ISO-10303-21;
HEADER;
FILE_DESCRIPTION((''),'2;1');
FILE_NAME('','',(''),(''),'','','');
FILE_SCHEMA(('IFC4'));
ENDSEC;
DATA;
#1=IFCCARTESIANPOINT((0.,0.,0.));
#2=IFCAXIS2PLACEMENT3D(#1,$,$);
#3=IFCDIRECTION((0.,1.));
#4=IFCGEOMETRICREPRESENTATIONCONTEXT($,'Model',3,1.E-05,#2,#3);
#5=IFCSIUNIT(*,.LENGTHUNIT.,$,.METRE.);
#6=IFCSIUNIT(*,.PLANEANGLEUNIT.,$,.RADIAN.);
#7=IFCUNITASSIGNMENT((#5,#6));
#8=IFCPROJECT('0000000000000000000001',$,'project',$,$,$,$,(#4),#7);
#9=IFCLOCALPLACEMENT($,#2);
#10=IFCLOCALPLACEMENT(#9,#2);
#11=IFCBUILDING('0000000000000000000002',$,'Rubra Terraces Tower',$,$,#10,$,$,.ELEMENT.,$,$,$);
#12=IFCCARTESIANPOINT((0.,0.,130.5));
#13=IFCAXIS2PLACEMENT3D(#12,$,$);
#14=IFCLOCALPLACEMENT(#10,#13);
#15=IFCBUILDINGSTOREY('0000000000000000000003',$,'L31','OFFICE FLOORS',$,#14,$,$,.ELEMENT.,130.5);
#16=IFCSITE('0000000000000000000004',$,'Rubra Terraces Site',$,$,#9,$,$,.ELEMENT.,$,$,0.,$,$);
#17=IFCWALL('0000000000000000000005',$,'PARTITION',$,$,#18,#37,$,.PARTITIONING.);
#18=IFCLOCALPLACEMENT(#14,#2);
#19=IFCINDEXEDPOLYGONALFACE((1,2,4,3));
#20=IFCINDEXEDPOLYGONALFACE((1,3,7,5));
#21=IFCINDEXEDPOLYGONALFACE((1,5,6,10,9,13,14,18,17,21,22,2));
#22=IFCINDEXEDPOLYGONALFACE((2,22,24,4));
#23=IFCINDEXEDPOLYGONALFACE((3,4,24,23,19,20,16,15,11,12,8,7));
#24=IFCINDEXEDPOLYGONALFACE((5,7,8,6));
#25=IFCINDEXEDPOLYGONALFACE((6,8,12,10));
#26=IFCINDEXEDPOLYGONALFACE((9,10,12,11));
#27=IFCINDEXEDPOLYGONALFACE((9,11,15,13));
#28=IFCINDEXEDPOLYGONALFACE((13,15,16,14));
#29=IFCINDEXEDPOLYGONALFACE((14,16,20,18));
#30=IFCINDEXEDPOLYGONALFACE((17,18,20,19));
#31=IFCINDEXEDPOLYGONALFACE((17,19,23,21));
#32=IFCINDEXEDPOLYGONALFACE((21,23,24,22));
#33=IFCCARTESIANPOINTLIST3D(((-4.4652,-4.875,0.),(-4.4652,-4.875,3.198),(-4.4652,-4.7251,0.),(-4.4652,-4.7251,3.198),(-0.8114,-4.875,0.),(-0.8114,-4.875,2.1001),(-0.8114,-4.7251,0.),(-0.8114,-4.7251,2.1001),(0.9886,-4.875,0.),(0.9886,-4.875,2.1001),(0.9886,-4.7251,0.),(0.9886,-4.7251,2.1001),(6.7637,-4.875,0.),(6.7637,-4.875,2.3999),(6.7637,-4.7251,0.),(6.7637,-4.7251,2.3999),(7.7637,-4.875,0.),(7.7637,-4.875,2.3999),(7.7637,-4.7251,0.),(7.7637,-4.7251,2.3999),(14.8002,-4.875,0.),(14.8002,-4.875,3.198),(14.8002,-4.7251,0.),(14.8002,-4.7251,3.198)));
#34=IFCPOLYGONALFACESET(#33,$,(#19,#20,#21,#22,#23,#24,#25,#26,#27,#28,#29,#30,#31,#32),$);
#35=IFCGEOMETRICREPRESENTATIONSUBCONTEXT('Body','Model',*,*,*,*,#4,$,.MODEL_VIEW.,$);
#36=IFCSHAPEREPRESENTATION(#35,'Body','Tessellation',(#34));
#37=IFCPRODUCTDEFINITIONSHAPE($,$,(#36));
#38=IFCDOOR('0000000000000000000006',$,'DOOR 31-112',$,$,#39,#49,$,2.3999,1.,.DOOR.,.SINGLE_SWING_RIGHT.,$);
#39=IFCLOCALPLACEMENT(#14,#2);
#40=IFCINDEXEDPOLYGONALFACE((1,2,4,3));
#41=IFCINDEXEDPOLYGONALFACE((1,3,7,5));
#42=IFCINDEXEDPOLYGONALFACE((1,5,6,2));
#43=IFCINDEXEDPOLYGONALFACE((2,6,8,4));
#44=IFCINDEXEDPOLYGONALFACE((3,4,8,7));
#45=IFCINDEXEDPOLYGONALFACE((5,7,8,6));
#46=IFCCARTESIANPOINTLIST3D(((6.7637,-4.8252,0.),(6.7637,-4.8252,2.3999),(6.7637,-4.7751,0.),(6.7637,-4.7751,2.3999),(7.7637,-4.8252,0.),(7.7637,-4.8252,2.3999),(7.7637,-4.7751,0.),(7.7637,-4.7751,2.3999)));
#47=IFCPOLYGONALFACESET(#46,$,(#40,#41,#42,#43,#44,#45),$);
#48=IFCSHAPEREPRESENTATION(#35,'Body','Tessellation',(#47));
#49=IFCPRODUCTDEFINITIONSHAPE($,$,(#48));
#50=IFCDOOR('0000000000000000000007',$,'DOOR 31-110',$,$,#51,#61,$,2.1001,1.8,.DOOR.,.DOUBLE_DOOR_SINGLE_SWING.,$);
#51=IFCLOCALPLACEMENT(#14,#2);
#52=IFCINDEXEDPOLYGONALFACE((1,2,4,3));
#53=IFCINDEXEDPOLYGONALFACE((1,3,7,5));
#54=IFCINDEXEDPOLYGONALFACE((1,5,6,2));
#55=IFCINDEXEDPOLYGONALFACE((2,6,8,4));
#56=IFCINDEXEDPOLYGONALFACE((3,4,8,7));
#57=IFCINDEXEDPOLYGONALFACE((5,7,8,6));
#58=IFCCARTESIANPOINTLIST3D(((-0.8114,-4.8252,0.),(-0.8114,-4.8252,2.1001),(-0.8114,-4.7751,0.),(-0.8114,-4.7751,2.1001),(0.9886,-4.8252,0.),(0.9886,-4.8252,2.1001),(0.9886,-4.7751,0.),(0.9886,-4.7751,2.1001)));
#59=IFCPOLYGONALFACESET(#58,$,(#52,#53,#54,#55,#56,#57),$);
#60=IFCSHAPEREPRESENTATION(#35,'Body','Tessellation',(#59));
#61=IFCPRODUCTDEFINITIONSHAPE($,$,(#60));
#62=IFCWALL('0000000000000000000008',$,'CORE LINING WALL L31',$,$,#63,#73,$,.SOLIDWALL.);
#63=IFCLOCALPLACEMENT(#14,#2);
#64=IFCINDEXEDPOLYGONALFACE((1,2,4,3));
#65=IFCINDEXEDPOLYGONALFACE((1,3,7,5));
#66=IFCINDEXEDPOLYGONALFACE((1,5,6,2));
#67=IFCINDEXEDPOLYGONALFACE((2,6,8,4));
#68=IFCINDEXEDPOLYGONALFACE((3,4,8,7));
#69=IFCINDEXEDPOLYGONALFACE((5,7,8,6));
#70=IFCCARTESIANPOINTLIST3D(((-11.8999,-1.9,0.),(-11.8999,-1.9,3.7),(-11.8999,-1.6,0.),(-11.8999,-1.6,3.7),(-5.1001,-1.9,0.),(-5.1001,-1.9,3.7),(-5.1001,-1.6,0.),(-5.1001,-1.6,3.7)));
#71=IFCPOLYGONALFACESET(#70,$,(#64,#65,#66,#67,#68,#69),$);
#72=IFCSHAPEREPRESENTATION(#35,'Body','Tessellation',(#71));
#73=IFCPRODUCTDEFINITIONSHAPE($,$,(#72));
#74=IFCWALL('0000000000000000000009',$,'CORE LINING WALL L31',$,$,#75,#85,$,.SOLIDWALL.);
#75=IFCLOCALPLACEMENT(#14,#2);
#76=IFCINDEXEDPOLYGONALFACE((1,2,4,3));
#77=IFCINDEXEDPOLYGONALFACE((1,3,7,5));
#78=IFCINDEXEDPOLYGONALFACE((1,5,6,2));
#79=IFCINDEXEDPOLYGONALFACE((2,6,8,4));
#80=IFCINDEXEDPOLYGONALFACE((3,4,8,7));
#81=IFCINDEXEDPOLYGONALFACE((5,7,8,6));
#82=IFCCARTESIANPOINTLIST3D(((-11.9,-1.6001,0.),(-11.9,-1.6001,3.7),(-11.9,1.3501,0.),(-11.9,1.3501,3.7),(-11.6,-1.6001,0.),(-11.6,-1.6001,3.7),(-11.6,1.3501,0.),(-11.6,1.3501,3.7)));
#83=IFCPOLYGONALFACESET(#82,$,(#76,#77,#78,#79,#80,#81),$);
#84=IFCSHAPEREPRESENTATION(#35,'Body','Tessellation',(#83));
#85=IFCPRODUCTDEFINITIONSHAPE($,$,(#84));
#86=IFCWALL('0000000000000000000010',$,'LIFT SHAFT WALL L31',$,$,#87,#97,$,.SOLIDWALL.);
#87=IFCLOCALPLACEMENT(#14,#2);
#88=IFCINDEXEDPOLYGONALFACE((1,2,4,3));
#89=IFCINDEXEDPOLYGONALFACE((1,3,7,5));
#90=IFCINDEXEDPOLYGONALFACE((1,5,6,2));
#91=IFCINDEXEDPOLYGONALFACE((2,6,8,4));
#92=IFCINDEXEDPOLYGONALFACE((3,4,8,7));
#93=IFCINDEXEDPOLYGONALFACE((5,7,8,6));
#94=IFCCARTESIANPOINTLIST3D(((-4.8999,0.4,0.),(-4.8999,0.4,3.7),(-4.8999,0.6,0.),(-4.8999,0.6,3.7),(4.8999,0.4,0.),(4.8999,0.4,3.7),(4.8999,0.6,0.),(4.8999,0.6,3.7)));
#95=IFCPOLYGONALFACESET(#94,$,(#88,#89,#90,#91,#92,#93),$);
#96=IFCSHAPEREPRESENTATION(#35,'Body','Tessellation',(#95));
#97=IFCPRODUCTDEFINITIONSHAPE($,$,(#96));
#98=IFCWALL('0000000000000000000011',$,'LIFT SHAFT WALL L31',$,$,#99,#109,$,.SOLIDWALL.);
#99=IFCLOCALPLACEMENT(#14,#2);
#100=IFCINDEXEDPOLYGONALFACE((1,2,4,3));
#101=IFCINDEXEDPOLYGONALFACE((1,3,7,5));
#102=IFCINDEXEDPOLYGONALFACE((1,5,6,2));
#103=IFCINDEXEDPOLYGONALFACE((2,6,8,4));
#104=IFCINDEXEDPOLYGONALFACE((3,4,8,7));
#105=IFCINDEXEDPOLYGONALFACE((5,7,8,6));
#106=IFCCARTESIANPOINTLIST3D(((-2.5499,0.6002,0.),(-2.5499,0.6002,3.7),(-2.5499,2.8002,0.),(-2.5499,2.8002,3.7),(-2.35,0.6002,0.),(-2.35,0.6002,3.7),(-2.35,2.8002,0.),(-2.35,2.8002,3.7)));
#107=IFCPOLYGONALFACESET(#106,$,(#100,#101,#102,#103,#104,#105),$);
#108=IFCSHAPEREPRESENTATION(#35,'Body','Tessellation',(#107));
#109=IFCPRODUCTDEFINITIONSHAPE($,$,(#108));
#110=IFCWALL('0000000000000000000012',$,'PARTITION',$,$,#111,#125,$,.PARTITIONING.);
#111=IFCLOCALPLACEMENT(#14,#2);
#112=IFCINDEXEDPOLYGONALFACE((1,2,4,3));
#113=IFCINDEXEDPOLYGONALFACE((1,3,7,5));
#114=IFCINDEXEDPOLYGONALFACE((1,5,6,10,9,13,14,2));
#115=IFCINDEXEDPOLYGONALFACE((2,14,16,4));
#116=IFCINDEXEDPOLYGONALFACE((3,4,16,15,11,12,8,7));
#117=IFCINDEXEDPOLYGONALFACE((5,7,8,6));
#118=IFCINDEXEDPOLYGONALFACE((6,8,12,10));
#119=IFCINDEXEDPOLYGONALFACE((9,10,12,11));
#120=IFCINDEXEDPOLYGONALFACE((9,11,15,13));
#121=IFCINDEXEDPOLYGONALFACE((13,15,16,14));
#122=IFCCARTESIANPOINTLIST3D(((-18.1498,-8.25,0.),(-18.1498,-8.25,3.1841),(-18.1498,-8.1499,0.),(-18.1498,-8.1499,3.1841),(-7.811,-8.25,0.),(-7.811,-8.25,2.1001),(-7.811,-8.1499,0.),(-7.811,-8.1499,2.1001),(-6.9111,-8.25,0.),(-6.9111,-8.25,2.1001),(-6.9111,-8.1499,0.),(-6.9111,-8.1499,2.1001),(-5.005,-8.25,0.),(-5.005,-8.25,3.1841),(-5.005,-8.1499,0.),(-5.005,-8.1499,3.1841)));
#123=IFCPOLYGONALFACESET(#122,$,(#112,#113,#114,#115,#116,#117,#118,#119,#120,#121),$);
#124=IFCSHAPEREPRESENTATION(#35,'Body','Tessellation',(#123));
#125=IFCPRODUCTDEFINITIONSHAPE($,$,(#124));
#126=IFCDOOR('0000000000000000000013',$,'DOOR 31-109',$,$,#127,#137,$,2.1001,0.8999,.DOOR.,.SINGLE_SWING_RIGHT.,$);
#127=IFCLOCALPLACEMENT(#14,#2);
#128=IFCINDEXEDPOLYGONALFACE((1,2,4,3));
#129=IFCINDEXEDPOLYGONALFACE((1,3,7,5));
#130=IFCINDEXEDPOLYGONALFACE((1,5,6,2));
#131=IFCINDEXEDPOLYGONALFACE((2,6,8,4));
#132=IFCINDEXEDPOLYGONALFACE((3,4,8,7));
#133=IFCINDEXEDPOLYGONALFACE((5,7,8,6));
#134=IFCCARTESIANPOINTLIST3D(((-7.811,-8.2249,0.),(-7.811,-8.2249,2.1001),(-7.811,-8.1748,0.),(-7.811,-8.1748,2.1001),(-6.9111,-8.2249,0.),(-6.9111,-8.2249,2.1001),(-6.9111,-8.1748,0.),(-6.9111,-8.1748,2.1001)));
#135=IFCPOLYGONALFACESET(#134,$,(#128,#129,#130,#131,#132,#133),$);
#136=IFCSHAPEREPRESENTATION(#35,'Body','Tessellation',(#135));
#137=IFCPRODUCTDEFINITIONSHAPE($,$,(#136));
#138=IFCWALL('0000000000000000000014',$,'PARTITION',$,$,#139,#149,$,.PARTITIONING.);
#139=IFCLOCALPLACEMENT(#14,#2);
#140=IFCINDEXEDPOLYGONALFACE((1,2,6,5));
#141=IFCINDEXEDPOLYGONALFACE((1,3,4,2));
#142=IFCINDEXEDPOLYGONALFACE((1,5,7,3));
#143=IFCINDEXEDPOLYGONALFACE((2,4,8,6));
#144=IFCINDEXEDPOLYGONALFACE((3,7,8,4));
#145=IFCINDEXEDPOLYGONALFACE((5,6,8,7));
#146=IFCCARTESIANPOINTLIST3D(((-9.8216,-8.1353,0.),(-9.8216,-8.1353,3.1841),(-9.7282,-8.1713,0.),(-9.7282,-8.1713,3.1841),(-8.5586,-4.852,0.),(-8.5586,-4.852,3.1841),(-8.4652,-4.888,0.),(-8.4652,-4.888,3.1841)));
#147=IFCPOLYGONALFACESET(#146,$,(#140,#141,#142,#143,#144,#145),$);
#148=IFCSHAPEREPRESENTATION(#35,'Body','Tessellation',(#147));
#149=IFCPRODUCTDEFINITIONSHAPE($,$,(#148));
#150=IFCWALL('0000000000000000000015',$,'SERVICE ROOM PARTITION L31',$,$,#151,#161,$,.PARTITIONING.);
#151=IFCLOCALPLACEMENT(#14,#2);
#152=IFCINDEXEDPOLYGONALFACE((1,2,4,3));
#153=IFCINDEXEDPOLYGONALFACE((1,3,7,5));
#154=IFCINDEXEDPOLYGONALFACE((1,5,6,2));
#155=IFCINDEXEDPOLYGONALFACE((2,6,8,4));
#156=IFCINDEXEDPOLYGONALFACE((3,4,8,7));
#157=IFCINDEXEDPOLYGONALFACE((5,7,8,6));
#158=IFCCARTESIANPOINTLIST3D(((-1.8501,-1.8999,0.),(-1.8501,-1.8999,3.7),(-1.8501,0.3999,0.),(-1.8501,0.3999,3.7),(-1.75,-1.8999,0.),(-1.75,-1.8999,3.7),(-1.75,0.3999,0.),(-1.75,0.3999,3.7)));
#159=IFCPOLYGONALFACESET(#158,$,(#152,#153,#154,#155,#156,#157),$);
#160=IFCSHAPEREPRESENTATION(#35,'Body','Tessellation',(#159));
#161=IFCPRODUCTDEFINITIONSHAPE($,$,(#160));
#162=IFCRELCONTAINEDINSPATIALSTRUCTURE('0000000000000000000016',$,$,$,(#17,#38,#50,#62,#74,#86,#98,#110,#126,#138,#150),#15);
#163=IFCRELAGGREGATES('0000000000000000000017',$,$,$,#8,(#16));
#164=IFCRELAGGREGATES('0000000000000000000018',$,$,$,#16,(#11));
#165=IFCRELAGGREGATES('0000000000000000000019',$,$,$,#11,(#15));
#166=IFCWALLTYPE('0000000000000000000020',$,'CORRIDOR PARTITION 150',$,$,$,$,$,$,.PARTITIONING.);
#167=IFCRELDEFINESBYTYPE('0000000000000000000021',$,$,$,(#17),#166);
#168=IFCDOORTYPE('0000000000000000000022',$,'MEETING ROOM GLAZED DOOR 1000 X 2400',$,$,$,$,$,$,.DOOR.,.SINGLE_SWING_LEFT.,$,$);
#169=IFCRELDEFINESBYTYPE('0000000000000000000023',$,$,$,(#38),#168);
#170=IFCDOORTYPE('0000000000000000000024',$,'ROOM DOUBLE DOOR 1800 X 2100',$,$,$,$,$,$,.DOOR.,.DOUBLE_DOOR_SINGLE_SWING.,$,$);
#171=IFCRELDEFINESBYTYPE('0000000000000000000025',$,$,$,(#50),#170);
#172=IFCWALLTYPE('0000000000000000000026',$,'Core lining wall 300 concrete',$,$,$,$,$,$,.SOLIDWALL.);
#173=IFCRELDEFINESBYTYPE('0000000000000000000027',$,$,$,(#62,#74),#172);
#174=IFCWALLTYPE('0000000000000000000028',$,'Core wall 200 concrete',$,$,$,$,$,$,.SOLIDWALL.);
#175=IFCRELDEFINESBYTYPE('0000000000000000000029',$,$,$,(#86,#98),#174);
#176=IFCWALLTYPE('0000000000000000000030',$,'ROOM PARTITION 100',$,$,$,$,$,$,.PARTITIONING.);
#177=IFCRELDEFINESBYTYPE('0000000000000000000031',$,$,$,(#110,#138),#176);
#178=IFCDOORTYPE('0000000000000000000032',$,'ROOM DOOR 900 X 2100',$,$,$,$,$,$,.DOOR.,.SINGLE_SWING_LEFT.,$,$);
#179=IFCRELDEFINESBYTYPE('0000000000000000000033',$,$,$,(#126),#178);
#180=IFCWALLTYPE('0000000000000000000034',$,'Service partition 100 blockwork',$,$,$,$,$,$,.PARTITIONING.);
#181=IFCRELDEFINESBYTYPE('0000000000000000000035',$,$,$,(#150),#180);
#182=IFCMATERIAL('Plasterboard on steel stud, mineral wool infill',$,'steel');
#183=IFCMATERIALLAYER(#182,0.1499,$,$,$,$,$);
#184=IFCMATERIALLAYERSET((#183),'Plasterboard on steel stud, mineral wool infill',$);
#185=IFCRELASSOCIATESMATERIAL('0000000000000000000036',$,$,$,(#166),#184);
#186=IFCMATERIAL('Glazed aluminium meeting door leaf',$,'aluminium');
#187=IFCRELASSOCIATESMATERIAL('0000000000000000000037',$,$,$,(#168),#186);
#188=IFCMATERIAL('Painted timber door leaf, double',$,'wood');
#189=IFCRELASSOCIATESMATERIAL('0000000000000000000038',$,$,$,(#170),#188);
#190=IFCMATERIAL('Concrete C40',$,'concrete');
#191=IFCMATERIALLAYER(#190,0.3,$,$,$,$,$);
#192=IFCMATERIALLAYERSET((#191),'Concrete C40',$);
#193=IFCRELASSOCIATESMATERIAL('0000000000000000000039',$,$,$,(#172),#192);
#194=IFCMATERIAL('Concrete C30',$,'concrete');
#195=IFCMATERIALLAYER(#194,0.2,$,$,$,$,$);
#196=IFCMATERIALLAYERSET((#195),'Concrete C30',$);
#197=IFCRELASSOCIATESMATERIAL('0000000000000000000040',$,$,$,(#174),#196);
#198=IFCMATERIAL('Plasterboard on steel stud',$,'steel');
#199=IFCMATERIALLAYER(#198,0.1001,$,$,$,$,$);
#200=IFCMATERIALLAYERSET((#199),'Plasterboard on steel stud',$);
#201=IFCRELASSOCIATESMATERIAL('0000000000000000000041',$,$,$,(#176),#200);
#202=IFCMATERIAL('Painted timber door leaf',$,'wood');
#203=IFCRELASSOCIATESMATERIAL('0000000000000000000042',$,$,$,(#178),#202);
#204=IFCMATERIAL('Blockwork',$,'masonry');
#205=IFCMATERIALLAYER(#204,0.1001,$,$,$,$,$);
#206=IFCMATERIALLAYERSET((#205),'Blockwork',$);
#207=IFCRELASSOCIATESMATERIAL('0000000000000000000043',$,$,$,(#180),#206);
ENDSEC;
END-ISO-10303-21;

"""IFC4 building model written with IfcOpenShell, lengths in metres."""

from ifc_helpers import new_model, si_unit, direction, frame, frame_2d, origin, place, context, subcontext, project, spatial, rectangle, extrude, material, layer, layer_set, type_object, element, fill, save


model = new_model("IFC4")

# Units and contexts
model_context = context("Model", 3, precision=1e-05, world=origin(), true_north=direction((0.0, 1.0)))
body_context = subcontext(model_context, "Body", "Model", "MODEL_VIEW")
ifc_project = project(units=[si_unit("LENGTHUNIT", "METRE"), si_unit("PLANEANGLEUNIT", "RADIAN")], contexts=[model_context])

# Site, building, storey
site_placement = place(None, origin())
site = spatial("IfcSite", under=ifc_project, at=site_placement, Name="Rubra Terraces Site", CompositionType="ELEMENT", RefElevation=0.0)
building_placement = place(site_placement, origin())
building = spatial("IfcBuilding", under=site, at=building_placement, Name="Rubra Terraces Tower", CompositionType="ELEMENT")
storey_placement = place(building_placement, frame((0.0, 0.0, 130.5)))
storey = spatial("IfcBuildingStorey", under=building, at=storey_placement, Name="L31", Description="OFFICE FLOORS", CompositionType="ELEMENT", Elevation=130.5)

# Wall, openings, doors
ifc_material_1 = material(Name="Plasterboard on steel stud, mineral wool infill", Category="steel")
ifc_layer_1 = layer(ifc_material_1, 0.1499)
ifc_layer_set_1 = layer_set([ifc_layer_1], Name="Plasterboard on steel stud, mineral wool infill")
wall_type_1 = type_object("IfcWallType", Name="CORRIDOR PARTITION 150", PredefinedType="PARTITIONING", material=ifc_layer_set_1)
wall_1_placement = place(storey_placement, frame((-4.4653, -4.8, 0.0), z_axis=(0.0, 0.0, 1.0), x_axis=(1.0, 0.0, 0.0)))
wall_1 = element("IfcWall", 1, at=wall_1_placement, inside=storey, type_object=wall_type_1, Name="PARTITION", PredefinedType="PARTITIONING", context=body_context, shape_type="SweptSolid", body=[
    extrude(rectangle(XDim=19.2654, YDim=0.1499, at=frame_2d((9.6328, 0.0))), origin(), (0.0, 0.0, 1.0), 3.198),
])
opening_1_placement = place(wall_1_placement, frame((3.6541, 0.0, 0.0)))
opening_1 = element("IfcOpeningElement", 2, at=opening_1_placement, cuts=wall_1, PredefinedType="OPENING", context=body_context, shape_type="SweptSolid", body=[
    extrude(rectangle(XDim=1.8, YDim=2.1001, at=frame_2d((0.8999, 1.05))), frame((0.0, 0.085, 0.0), z_axis=(0.0, -1.0, 0.0), x_axis=(1.0, 0.0, 0.0)), (0.0, 0.0, 1.0), 0.1699),
])
opening_2_placement = place(wall_1_placement, frame((11.229, 0.0, 0.0)))
opening_2 = element("IfcOpeningElement", 3, at=opening_2_placement, cuts=wall_1, PredefinedType="OPENING", context=body_context, shape_type="SweptSolid", body=[
    extrude(rectangle(XDim=1.0, YDim=2.3999, at=frame_2d((0.5, 1.2))), frame((0.0, 0.085, 0.0), z_axis=(0.0, -1.0, 0.0), x_axis=(1.0, 0.0, 0.0)), (0.0, 0.0, 1.0), 0.1699),
])
ifc_material_2 = material(Name="Glazed aluminium meeting door leaf", Category="aluminium")
door_type_1 = type_object("IfcDoorType", Name="MEETING ROOM GLAZED DOOR 1000 X 2400", OperationType="SINGLE_SWING_LEFT", PredefinedType="DOOR", material=ifc_material_2)
door_1_placement = place(opening_2_placement, origin())
door_1 = element("IfcDoor", 4, at=door_1_placement, inside=storey, type_object=door_type_1, Name="DOOR 31-112", OperationType="SINGLE_SWING_RIGHT", OverallHeight=2.3999, OverallWidth=1.0, PredefinedType="DOOR", context=body_context, shape_type="SweptSolid", body=[
    extrude(rectangle(XDim=1.0, YDim=2.3999, at=frame_2d((0.5, 1.2))), frame((0.0, 0.0249, 0.0), z_axis=(0.0, -1.0, 0.0), x_axis=(1.0, 0.0, 0.0)), (0.0, 0.0, 1.0), 0.05),
])
fill(opening_2, door_1)
ifc_material_3 = material(Name="Painted timber door leaf, double", Category="wood")
door_type_2 = type_object("IfcDoorType", Name="ROOM DOUBLE DOOR 1800 X 2100", OperationType="DOUBLE_DOOR_SINGLE_SWING", PredefinedType="DOOR", material=ifc_material_3)
door_2_placement = place(opening_1_placement, origin())
door_2 = element("IfcDoor", 5, at=door_2_placement, inside=storey, type_object=door_type_2, Name="DOOR 31-110", OperationType="DOUBLE_DOOR_SINGLE_SWING", OverallHeight=2.1001, OverallWidth=1.8, PredefinedType="DOOR", context=body_context, shape_type="SweptSolid", body=[
    extrude(rectangle(XDim=1.8, YDim=2.1001, at=frame_2d((0.8999, 1.05))), frame((0.0, 0.0249, 0.0), z_axis=(0.0, -1.0, 0.0), x_axis=(1.0, 0.0, 0.0)), (0.0, 0.0, 1.0), 0.05),
])
fill(opening_1, door_2)

# Walls
ifc_material_4 = material(Name="Concrete C40", Category="concrete")
ifc_layer_2 = layer(ifc_material_4, 0.3)
ifc_layer_set_2 = layer_set([ifc_layer_2], Name="Concrete C40")
wall_type_2 = type_object("IfcWallType", Name="Core lining wall 300 concrete", PredefinedType="SOLIDWALL", material=ifc_layer_set_2)
wall_2_placement = place(storey_placement, frame((-11.8999, -1.75, 0.0), z_axis=(0.0, 0.0, 1.0), x_axis=(1.0, 0.0, 0.0)))
element("IfcWall", 6, at=wall_2_placement, inside=storey, type_object=wall_type_2, Name="CORE LINING WALL L31", PredefinedType="SOLIDWALL", context=body_context, shape_type="SweptSolid", body=[
    extrude(rectangle(XDim=6.7998, YDim=0.3, at=frame_2d((3.3999, 0.0))), origin(), (0.0, 0.0, 1.0), 3.7),
])
wall_3_placement = place(storey_placement, frame((-11.75, -1.6001, 0.0), z_axis=(0.0, 0.0, 1.0), x_axis=(0.0, 1.0, 0.0)))
element("IfcWall", 7, at=wall_3_placement, inside=storey, type_object=wall_type_2, Name="CORE LINING WALL L31", PredefinedType="SOLIDWALL", context=body_context, shape_type="SweptSolid", body=[
    extrude(rectangle(XDim=2.9502, YDim=0.3, at=frame_2d((1.4751, 0.0))), origin(), (0.0, 0.0, 1.0), 3.7),
])
ifc_material_5 = material(Name="Concrete C30", Category="concrete")
ifc_layer_3 = layer(ifc_material_5, 0.2)
ifc_layer_set_3 = layer_set([ifc_layer_3], Name="Concrete C30")
wall_type_3 = type_object("IfcWallType", Name="Core wall 200 concrete", PredefinedType="SOLIDWALL", material=ifc_layer_set_3)
wall_4_placement = place(storey_placement, frame((-4.8999, 0.5, 0.0), z_axis=(0.0, 0.0, 1.0), x_axis=(1.0, 0.0, 0.0)))
element("IfcWall", 8, at=wall_4_placement, inside=storey, type_object=wall_type_3, Name="LIFT SHAFT WALL L31", PredefinedType="SOLIDWALL", context=body_context, shape_type="SweptSolid", body=[
    extrude(rectangle(XDim=9.7998, YDim=0.2, at=frame_2d((4.8999, 0.0))), origin(), (0.0, 0.0, 1.0), 3.7),
])
wall_5_placement = place(storey_placement, frame((-2.45, 0.6001, 0.0), z_axis=(0.0, 0.0, 1.0), x_axis=(0.0, 1.0, 0.0)))
element("IfcWall", 9, at=wall_5_placement, inside=storey, type_object=wall_type_3, Name="LIFT SHAFT WALL L31", PredefinedType="SOLIDWALL", context=body_context, shape_type="SweptSolid", body=[
    extrude(rectangle(XDim=2.2, YDim=0.2, at=frame_2d((1.1001, 0.0))), origin(), (0.0, 0.0, 1.0), 3.7),
])

# Wall, opening, door
ifc_material_6 = material(Name="Plasterboard on steel stud", Category="steel")
ifc_layer_4 = layer(ifc_material_6, 0.1001)
ifc_layer_set_4 = layer_set([ifc_layer_4], Name="Plasterboard on steel stud")
wall_type_4 = type_object("IfcWallType", Name="ROOM PARTITION 100", PredefinedType="PARTITIONING", material=ifc_layer_set_4)
wall_6_placement = place(storey_placement, frame((-5.0051, -8.2, 0.0), z_axis=(0.0, 0.0, 1.0), x_axis=(-1.0, 0.0, 0.0)))
wall_6 = element("IfcWall", 10, at=wall_6_placement, inside=storey, type_object=wall_type_4, Name="PARTITION", PredefinedType="PARTITIONING", context=body_context, shape_type="SweptSolid", body=[
    extrude(rectangle(XDim=13.1448, YDim=0.1001, at=frame_2d((6.5723, 0.0))), origin(), (0.0, 0.0, 1.0), 3.1841),
])
opening_3_placement = place(wall_6_placement, frame((1.906, 0.0, 0.0)))
opening_3 = element("IfcOpeningElement", 11, at=opening_3_placement, cuts=wall_6, PredefinedType="OPENING", context=body_context, shape_type="SweptSolid", body=[
    extrude(rectangle(XDim=0.8999, YDim=2.1001, at=frame_2d((0.45, 1.05))), frame((0.0, 0.0601, 0.0), z_axis=(0.0, -1.0, 0.0), x_axis=(1.0, 0.0, 0.0)), (0.0, 0.0, 1.0), 0.1201),
])
ifc_material_7 = material(Name="Painted timber door leaf", Category="wood")
door_type_3 = type_object("IfcDoorType", Name="ROOM DOOR 900 X 2100", OperationType="SINGLE_SWING_LEFT", PredefinedType="DOOR", material=ifc_material_7)
door_3_placement = place(opening_3_placement, origin())
door_3 = element("IfcDoor", 12, at=door_3_placement, inside=storey, type_object=door_type_3, Name="DOOR 31-109", OperationType="SINGLE_SWING_RIGHT", OverallHeight=2.1001, OverallWidth=0.8999, PredefinedType="DOOR", context=body_context, shape_type="SweptSolid", body=[
    extrude(rectangle(XDim=0.8999, YDim=2.1001, at=frame_2d((0.45, 1.05))), frame((0.0, 0.0249, 0.0), z_axis=(0.0, -1.0, 0.0), x_axis=(1.0, 0.0, 0.0)), (0.0, 0.0, 1.0), 0.05),
])
fill(opening_3, door_3)

# Walls
wall_7_placement = place(storey_placement, frame((-8.512, -4.8701, 0.0), z_axis=(0.0, 0.0, 1.0), x_axis=(-0.359021, -0.93333, 0.0)))
element("IfcWall", 13, at=wall_7_placement, inside=storey, type_object=wall_type_4, Name="PARTITION", PredefinedType="PARTITIONING", context=body_context, shape_type="SweptSolid", body=[
    extrude(rectangle(XDim=3.5178, YDim=0.1001, at=frame_2d((1.7588, 0.0))), origin(), (0.0, 0.0, 1.0), 3.1841),
])
ifc_material_8 = material(Name="Blockwork", Category="masonry")
ifc_layer_5 = layer(ifc_material_8, 0.1001)
ifc_layer_set_5 = layer_set([ifc_layer_5], Name="Blockwork")
wall_type_5 = type_object("IfcWallType", Name="Service partition 100 blockwork", PredefinedType="PARTITIONING", material=ifc_layer_set_5)
wall_8_placement = place(storey_placement, frame((-1.8, -1.8999, 0.0), z_axis=(0.0, 0.0, 1.0), x_axis=(0.0, 1.0, 0.0)))
element("IfcWall", 14, at=wall_8_placement, inside=storey, type_object=wall_type_5, Name="SERVICE ROOM PARTITION L31", PredefinedType="PARTITIONING", context=body_context, shape_type="SweptSolid", body=[
    extrude(rectangle(XDim=2.2998, YDim=0.1001, at=frame_2d((1.1499, 0.0))), origin(), (0.0, 0.0, 1.0), 3.7),
])

save(model, "model.ifc")
